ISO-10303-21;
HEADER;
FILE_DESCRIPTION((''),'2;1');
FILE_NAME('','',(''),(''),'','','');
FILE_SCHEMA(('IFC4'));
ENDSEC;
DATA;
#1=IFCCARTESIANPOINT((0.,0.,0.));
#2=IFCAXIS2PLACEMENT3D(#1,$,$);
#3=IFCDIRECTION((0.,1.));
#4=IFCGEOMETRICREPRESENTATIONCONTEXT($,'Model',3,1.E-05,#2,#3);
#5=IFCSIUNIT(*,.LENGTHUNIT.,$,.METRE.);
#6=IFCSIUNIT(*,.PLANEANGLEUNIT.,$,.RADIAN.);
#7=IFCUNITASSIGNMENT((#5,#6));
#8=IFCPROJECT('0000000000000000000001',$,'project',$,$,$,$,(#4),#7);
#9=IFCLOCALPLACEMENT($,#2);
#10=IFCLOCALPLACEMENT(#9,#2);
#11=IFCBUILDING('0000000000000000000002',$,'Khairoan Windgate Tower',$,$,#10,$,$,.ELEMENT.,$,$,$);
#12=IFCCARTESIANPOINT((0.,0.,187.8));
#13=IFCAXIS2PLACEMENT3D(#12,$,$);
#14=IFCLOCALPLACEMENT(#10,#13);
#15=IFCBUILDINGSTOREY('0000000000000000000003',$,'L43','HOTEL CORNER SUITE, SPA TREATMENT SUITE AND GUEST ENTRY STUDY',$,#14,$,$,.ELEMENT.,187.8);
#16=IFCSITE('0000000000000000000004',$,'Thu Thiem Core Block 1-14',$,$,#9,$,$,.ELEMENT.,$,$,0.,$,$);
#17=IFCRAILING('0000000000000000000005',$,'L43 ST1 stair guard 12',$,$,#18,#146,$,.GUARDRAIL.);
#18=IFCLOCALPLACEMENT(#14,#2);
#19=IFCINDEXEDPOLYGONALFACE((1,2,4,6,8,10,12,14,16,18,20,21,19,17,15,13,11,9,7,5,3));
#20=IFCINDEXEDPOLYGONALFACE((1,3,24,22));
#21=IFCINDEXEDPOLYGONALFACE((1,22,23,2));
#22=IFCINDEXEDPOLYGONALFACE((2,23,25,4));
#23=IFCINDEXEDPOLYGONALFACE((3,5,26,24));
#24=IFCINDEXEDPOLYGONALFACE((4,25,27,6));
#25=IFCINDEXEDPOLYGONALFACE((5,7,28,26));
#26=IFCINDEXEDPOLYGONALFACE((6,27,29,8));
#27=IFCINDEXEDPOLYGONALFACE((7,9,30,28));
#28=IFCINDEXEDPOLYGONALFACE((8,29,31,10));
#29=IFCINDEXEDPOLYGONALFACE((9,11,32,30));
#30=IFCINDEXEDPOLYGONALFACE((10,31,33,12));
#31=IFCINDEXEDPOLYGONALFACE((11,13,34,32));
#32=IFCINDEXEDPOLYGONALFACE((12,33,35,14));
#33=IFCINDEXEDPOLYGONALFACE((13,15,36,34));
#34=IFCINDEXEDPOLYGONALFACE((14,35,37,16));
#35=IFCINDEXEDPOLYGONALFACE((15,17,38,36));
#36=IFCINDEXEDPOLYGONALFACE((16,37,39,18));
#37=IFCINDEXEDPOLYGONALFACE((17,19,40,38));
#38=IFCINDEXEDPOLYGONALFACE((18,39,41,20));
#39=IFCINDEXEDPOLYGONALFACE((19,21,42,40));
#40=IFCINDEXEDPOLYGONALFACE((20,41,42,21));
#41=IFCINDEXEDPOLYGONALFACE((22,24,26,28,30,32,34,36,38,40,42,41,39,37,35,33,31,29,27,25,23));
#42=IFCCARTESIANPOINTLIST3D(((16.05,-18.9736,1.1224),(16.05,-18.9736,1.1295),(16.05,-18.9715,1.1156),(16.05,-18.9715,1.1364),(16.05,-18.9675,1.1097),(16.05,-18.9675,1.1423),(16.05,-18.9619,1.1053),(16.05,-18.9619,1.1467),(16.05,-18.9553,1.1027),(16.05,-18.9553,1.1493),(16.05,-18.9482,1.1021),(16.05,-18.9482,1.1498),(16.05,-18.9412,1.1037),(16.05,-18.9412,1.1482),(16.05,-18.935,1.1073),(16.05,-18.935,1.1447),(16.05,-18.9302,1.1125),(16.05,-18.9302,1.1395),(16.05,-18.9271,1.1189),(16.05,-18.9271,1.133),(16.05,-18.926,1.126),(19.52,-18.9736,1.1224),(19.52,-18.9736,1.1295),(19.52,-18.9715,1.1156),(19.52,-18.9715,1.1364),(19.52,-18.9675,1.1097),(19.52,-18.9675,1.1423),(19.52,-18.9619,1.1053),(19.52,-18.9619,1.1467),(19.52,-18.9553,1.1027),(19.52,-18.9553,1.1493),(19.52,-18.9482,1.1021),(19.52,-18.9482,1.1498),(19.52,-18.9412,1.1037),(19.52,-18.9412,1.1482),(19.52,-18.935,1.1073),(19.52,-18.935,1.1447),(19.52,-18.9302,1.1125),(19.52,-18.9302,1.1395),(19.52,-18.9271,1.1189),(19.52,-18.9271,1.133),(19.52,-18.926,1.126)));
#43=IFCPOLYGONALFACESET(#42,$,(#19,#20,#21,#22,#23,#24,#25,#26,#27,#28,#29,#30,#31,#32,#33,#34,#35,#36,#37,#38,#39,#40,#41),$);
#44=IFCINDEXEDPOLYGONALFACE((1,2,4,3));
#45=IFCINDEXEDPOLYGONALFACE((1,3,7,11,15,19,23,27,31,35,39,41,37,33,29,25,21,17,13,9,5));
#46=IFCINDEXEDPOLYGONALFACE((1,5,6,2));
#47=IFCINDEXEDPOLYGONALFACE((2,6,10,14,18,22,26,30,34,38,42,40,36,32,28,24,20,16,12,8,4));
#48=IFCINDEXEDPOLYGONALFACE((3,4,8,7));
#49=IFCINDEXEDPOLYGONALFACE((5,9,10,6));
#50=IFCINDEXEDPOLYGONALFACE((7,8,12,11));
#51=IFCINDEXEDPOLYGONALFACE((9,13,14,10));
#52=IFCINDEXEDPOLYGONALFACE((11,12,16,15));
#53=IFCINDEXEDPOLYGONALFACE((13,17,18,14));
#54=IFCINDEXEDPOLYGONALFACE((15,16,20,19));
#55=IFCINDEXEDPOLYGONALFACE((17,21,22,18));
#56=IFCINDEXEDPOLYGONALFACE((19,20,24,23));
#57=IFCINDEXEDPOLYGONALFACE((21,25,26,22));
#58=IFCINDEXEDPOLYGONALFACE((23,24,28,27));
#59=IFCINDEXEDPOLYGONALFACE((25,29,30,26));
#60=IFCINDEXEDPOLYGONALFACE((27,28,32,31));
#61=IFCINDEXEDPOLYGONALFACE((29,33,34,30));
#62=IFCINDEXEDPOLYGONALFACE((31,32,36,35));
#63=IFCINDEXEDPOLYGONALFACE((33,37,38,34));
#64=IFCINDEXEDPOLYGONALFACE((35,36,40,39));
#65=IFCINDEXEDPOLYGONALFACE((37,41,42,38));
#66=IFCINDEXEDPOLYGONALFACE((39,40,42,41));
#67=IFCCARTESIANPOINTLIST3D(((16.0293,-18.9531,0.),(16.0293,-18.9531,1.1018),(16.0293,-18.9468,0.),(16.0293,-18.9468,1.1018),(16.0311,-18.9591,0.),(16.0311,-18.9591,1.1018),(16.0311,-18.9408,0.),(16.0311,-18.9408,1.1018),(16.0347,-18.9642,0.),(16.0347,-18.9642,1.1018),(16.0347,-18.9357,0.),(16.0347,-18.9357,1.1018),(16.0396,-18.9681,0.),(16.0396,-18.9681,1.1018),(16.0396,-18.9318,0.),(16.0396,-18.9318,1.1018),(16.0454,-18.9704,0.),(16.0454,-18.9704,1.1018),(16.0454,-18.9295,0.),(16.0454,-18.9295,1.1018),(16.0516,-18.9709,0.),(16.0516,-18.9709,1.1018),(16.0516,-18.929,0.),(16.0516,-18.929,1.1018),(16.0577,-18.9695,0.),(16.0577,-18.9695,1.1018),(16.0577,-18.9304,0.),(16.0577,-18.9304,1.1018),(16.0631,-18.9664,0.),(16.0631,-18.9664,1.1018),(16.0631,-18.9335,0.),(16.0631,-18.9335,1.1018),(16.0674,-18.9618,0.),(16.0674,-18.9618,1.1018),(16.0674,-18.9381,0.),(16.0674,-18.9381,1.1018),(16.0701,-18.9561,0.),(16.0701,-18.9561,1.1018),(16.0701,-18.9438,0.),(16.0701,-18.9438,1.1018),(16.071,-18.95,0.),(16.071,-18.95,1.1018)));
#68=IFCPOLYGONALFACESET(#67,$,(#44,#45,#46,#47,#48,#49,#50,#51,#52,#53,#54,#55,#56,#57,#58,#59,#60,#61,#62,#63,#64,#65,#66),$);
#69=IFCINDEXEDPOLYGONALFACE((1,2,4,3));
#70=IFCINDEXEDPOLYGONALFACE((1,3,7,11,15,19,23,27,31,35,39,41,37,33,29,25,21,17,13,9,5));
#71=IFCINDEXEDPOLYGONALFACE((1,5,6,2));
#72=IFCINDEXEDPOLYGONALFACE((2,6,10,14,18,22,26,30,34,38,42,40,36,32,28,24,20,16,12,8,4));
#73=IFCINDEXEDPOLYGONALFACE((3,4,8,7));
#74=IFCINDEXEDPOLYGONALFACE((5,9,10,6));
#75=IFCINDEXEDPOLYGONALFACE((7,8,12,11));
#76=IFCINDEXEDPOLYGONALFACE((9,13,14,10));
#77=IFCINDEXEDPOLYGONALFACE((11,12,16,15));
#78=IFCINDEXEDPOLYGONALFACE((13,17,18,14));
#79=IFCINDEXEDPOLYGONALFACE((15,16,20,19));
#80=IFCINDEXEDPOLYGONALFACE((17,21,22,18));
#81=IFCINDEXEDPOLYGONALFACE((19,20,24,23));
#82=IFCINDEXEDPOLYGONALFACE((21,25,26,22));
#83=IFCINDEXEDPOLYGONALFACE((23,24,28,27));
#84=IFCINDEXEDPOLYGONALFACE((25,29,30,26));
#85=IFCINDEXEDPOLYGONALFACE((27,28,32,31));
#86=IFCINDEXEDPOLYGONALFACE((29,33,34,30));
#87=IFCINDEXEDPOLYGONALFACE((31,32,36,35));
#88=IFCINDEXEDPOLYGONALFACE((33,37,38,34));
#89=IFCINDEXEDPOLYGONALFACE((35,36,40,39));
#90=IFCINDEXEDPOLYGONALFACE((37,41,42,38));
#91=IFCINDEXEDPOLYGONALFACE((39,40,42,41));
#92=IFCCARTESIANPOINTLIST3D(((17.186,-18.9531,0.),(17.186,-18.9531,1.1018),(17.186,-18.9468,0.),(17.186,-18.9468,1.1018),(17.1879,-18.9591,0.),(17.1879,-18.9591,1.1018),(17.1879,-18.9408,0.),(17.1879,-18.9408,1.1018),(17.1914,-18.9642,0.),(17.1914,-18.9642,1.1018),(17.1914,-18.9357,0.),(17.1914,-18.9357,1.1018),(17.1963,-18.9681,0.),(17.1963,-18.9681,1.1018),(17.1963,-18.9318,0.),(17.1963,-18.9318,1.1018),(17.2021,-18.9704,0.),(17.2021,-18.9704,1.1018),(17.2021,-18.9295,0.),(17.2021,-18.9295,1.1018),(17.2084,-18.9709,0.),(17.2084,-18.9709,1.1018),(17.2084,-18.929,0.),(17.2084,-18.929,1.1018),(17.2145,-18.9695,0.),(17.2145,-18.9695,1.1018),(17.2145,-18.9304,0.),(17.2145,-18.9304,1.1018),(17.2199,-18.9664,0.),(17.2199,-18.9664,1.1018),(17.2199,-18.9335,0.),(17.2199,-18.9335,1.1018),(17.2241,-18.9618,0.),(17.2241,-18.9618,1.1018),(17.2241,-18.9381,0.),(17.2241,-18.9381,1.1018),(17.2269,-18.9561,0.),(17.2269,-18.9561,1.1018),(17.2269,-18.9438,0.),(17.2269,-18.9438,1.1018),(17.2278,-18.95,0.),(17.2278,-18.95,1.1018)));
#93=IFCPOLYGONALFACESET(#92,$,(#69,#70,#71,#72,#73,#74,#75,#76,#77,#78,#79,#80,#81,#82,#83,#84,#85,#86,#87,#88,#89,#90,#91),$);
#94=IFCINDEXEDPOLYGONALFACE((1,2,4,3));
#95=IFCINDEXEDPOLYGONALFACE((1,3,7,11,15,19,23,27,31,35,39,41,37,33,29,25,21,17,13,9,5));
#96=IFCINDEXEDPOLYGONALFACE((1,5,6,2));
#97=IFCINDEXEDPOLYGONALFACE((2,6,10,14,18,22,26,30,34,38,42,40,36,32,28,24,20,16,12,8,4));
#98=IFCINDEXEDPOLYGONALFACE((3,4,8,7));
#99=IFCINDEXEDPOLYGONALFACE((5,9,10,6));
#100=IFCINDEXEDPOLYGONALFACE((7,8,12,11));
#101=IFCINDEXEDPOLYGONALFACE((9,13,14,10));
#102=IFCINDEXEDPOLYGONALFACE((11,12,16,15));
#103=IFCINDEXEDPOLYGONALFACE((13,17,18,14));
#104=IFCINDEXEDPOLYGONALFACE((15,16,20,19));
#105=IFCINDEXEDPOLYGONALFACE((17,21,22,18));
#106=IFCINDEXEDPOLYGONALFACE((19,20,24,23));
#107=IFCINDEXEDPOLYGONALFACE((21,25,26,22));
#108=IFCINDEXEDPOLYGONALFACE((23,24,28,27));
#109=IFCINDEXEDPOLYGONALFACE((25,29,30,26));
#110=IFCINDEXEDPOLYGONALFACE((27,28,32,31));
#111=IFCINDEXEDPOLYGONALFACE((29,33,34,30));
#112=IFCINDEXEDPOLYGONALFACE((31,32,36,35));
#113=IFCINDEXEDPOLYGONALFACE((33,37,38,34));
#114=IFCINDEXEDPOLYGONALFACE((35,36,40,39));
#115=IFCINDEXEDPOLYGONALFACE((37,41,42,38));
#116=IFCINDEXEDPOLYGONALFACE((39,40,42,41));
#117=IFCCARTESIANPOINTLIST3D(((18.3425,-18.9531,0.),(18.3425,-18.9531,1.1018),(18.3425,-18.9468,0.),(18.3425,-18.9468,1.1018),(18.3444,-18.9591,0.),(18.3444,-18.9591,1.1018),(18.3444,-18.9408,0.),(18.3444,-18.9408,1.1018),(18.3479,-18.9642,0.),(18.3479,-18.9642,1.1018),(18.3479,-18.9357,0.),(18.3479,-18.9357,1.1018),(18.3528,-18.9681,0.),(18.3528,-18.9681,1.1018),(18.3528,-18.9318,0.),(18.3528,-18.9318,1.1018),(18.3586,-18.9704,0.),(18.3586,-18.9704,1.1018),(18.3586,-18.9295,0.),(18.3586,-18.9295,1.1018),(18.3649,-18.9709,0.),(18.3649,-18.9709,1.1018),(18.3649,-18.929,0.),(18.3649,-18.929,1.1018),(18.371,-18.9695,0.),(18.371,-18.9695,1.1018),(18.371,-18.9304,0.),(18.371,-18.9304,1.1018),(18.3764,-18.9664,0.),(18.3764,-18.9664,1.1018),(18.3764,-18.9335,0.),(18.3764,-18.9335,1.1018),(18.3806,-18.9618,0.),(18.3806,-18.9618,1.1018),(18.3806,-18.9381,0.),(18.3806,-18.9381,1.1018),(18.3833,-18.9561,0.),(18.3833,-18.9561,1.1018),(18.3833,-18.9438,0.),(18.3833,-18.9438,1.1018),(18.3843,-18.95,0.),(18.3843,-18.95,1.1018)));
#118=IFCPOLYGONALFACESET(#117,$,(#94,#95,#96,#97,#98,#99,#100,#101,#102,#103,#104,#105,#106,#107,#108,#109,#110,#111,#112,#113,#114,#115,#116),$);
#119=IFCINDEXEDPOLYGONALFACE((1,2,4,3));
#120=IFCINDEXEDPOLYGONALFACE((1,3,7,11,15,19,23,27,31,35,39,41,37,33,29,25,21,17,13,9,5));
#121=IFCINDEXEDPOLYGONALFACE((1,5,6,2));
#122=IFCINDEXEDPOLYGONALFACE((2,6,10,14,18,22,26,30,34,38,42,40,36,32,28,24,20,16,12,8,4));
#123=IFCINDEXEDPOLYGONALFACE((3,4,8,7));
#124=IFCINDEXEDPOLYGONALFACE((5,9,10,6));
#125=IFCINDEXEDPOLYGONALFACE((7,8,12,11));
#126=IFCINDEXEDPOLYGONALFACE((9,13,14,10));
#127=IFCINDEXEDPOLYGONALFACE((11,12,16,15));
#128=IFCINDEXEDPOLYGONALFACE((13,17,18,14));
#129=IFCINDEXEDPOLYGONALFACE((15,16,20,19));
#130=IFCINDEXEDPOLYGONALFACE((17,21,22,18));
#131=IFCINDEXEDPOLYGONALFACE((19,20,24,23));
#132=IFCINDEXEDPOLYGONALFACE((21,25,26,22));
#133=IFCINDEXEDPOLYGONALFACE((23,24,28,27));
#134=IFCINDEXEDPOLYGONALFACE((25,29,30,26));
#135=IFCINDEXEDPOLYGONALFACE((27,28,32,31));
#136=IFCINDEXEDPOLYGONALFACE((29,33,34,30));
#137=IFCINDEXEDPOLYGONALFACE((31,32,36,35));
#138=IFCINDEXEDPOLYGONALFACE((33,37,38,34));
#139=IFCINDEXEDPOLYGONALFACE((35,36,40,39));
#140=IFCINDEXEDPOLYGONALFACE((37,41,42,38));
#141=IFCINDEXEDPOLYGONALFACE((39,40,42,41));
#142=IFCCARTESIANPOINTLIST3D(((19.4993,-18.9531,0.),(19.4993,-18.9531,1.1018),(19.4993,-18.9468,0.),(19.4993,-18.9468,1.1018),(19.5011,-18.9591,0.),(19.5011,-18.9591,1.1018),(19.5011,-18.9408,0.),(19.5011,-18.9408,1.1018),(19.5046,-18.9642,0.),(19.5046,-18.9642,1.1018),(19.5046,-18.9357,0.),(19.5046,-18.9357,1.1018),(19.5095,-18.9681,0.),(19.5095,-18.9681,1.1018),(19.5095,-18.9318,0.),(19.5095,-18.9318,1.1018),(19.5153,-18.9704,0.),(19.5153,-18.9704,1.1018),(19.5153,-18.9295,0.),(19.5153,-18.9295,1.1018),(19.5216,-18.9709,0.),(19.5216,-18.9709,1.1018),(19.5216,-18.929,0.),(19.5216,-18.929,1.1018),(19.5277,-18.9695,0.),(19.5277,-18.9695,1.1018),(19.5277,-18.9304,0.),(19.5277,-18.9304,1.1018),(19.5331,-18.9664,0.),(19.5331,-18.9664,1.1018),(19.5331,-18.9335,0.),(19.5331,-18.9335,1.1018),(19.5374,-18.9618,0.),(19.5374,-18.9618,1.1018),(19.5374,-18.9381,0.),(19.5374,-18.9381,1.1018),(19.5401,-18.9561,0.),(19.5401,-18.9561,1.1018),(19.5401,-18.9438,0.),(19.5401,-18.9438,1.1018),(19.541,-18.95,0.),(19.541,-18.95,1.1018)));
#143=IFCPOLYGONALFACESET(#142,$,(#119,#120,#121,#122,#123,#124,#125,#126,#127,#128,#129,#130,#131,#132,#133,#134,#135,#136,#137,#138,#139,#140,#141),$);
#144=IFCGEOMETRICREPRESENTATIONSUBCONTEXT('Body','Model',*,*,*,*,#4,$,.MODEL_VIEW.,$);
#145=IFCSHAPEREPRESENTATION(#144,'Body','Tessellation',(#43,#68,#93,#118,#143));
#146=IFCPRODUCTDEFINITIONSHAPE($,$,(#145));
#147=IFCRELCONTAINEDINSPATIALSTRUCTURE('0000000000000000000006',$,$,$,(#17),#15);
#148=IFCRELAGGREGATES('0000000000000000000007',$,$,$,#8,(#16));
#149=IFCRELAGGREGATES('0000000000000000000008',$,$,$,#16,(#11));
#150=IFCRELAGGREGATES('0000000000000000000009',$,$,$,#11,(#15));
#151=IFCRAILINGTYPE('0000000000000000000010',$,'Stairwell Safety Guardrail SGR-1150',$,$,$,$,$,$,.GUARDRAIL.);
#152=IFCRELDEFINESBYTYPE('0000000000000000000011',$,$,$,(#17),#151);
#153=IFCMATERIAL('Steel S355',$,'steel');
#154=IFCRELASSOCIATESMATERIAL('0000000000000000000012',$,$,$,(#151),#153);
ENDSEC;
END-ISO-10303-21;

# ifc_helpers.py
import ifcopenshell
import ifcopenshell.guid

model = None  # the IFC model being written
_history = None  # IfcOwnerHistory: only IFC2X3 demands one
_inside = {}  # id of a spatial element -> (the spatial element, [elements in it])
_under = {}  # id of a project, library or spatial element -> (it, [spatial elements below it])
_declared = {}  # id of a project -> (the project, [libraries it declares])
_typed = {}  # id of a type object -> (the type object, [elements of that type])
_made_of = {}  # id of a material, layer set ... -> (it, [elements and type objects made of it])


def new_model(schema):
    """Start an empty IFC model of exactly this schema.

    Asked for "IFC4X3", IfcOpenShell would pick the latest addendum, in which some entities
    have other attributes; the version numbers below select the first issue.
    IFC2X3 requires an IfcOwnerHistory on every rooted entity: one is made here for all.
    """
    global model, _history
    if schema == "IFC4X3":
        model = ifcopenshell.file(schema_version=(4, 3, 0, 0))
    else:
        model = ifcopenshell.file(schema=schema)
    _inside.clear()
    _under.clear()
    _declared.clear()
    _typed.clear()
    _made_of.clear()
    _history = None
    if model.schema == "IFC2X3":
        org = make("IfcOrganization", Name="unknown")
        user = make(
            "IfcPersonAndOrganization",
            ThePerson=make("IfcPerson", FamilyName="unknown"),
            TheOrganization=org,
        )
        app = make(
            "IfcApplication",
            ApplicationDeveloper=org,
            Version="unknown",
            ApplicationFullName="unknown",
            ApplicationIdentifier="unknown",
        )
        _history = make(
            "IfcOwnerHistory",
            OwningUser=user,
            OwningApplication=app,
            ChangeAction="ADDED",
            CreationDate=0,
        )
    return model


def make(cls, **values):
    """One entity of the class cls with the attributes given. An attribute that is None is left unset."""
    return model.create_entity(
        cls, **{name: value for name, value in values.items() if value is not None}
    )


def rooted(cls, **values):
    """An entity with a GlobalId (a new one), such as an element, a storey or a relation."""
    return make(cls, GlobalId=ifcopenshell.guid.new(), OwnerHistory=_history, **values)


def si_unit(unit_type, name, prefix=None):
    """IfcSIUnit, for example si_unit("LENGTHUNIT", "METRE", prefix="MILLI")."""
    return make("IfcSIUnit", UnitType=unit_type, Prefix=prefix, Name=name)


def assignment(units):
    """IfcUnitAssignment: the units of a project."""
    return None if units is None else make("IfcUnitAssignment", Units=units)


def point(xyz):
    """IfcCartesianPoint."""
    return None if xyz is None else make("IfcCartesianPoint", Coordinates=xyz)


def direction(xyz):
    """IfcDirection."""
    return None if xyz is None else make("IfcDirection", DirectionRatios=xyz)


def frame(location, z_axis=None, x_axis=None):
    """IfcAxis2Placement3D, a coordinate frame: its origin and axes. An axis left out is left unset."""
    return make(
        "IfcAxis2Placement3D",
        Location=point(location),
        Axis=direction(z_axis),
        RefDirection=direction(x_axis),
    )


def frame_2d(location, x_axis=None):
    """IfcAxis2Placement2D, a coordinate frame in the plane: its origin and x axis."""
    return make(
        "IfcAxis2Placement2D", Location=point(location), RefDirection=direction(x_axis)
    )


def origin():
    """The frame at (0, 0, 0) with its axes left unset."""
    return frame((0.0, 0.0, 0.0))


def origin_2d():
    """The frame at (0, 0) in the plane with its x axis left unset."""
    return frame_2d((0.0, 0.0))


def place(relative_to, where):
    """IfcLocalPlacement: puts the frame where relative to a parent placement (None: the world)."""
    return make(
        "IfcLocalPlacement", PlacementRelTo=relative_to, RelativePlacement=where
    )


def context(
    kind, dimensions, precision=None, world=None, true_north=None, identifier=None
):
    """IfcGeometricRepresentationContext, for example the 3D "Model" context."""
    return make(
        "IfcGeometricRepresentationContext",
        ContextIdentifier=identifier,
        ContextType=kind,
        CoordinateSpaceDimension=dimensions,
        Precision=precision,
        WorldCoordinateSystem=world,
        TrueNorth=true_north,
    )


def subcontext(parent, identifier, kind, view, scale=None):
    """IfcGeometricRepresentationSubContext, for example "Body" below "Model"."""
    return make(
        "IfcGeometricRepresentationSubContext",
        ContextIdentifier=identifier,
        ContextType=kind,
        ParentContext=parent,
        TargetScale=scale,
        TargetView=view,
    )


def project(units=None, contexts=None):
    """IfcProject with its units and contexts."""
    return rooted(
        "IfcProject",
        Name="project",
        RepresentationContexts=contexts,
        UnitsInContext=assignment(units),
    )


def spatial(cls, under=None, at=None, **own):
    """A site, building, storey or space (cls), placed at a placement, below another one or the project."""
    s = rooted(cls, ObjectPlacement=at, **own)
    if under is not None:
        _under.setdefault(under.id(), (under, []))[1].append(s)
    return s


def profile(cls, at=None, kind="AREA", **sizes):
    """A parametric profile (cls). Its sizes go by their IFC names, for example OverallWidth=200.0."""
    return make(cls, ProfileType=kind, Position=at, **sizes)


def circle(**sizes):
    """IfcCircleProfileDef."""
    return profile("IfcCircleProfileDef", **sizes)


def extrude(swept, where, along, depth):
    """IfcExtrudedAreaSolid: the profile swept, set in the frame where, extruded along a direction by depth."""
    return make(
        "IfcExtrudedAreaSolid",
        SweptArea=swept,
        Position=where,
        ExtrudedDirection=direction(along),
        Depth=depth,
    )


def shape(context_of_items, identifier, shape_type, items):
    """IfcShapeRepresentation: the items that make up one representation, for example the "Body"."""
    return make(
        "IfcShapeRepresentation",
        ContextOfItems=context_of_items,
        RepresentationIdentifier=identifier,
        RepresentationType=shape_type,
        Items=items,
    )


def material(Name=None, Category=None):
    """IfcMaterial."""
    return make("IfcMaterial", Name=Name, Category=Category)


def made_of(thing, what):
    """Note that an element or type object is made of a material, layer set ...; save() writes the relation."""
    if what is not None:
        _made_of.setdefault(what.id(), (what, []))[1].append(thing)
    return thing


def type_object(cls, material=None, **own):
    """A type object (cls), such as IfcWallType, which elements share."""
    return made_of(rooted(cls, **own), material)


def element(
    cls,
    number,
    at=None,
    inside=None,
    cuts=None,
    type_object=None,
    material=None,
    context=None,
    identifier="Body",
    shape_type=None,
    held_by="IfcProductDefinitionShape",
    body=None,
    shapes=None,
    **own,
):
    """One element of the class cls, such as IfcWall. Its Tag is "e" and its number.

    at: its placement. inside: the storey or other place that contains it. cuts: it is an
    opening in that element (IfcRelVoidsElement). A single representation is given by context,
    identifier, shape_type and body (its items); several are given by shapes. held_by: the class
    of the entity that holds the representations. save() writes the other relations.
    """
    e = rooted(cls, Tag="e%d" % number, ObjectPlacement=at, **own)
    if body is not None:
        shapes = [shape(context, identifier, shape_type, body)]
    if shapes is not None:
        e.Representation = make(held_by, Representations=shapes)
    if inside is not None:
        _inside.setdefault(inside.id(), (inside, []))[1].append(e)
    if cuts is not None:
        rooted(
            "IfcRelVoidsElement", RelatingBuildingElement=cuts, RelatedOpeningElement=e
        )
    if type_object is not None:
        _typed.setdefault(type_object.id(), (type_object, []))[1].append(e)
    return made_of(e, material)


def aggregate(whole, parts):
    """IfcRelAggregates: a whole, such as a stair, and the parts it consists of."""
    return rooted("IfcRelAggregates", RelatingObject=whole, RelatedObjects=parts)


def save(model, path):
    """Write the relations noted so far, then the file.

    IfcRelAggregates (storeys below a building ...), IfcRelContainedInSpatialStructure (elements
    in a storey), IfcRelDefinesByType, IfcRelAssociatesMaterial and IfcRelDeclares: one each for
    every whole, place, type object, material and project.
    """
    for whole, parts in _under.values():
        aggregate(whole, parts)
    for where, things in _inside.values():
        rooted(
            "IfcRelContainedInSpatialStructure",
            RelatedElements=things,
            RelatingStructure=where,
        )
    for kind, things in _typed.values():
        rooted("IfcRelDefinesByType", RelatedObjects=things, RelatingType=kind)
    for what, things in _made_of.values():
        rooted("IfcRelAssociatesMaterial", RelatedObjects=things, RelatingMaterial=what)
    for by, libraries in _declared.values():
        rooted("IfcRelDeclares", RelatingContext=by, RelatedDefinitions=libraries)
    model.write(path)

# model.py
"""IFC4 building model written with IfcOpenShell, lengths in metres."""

from ifc_helpers import new_model, si_unit, direction, frame, origin, origin_2d, place, context, subcontext, project, spatial, circle, extrude, material, type_object, element, save


model = new_model("IFC4")

# Units and contexts
model_context = context("Model", 3, precision=1e-05, world=origin(), true_north=direction((0.0, 1.0)))
body_context = subcontext(model_context, "Body", "Model", "MODEL_VIEW")
ifc_project = project(units=[si_unit("LENGTHUNIT", "METRE"), si_unit("PLANEANGLEUNIT", "RADIAN")], contexts=[model_context])

# Site, building, storey
site_placement = place(None, origin())
site = spatial("IfcSite", under=ifc_project, at=site_placement, Name="Thu Thiem Core Block 1-14", CompositionType="ELEMENT", RefElevation=0.0)
building_placement = place(site_placement, origin())
building = spatial("IfcBuilding", under=site, at=building_placement, Name="Khairoan Windgate Tower", CompositionType="ELEMENT")
storey_placement = place(building_placement, frame((0.0, 0.0, 187.8)))
storey = spatial("IfcBuildingStorey", under=building, at=storey_placement, Name="L43", Description="HOTEL CORNER SUITE, SPA TREATMENT SUITE AND GUEST ENTRY STUDY", CompositionType="ELEMENT", Elevation=187.8)

# Railing
ifc_material_1 = material(Name="Steel S355", Category="steel")
railing_type = type_object("IfcRailingType", Name="Stairwell Safety Guardrail SGR-1150", PredefinedType="GUARDRAIL", material=ifc_material_1)
railing_1_placement = place(storey_placement, frame((16.05, -18.95, 0.0)))
element("IfcRailing", 1, at=railing_1_placement, inside=storey, type_object=railing_type, Name="L43 ST1 stair guard 12", PredefinedType="GUARDRAIL", context=body_context, shape_type="SweptSolid", body=[
    extrude(circle(Radius=0.0239, at=origin_2d()), frame((0.0, 0.0, 1.126), z_axis=(1.0, 0.0, 0.0), x_axis=(0.0, 1.0, 0.0)), (0.0, 0.0, 1.0), 3.47),
    extrude(circle(Radius=0.021, at=origin_2d()), origin(), (0.0, 0.0, 1.0), 1.1018),
    extrude(circle(Radius=0.021, at=origin_2d()), frame((1.1567, 0.0, 0.0)), (0.0, 0.0, 1.0), 1.1018),
    extrude(circle(Radius=0.021, at=origin_2d()), frame((2.3132, 0.0, 0.0)), (0.0, 0.0, 1.0), 1.1018),
    extrude(circle(Radius=0.021, at=origin_2d()), frame((3.47, 0.0, 0.0)), (0.0, 0.0, 1.0), 1.1018),
])

save(model, "model.ifc")
